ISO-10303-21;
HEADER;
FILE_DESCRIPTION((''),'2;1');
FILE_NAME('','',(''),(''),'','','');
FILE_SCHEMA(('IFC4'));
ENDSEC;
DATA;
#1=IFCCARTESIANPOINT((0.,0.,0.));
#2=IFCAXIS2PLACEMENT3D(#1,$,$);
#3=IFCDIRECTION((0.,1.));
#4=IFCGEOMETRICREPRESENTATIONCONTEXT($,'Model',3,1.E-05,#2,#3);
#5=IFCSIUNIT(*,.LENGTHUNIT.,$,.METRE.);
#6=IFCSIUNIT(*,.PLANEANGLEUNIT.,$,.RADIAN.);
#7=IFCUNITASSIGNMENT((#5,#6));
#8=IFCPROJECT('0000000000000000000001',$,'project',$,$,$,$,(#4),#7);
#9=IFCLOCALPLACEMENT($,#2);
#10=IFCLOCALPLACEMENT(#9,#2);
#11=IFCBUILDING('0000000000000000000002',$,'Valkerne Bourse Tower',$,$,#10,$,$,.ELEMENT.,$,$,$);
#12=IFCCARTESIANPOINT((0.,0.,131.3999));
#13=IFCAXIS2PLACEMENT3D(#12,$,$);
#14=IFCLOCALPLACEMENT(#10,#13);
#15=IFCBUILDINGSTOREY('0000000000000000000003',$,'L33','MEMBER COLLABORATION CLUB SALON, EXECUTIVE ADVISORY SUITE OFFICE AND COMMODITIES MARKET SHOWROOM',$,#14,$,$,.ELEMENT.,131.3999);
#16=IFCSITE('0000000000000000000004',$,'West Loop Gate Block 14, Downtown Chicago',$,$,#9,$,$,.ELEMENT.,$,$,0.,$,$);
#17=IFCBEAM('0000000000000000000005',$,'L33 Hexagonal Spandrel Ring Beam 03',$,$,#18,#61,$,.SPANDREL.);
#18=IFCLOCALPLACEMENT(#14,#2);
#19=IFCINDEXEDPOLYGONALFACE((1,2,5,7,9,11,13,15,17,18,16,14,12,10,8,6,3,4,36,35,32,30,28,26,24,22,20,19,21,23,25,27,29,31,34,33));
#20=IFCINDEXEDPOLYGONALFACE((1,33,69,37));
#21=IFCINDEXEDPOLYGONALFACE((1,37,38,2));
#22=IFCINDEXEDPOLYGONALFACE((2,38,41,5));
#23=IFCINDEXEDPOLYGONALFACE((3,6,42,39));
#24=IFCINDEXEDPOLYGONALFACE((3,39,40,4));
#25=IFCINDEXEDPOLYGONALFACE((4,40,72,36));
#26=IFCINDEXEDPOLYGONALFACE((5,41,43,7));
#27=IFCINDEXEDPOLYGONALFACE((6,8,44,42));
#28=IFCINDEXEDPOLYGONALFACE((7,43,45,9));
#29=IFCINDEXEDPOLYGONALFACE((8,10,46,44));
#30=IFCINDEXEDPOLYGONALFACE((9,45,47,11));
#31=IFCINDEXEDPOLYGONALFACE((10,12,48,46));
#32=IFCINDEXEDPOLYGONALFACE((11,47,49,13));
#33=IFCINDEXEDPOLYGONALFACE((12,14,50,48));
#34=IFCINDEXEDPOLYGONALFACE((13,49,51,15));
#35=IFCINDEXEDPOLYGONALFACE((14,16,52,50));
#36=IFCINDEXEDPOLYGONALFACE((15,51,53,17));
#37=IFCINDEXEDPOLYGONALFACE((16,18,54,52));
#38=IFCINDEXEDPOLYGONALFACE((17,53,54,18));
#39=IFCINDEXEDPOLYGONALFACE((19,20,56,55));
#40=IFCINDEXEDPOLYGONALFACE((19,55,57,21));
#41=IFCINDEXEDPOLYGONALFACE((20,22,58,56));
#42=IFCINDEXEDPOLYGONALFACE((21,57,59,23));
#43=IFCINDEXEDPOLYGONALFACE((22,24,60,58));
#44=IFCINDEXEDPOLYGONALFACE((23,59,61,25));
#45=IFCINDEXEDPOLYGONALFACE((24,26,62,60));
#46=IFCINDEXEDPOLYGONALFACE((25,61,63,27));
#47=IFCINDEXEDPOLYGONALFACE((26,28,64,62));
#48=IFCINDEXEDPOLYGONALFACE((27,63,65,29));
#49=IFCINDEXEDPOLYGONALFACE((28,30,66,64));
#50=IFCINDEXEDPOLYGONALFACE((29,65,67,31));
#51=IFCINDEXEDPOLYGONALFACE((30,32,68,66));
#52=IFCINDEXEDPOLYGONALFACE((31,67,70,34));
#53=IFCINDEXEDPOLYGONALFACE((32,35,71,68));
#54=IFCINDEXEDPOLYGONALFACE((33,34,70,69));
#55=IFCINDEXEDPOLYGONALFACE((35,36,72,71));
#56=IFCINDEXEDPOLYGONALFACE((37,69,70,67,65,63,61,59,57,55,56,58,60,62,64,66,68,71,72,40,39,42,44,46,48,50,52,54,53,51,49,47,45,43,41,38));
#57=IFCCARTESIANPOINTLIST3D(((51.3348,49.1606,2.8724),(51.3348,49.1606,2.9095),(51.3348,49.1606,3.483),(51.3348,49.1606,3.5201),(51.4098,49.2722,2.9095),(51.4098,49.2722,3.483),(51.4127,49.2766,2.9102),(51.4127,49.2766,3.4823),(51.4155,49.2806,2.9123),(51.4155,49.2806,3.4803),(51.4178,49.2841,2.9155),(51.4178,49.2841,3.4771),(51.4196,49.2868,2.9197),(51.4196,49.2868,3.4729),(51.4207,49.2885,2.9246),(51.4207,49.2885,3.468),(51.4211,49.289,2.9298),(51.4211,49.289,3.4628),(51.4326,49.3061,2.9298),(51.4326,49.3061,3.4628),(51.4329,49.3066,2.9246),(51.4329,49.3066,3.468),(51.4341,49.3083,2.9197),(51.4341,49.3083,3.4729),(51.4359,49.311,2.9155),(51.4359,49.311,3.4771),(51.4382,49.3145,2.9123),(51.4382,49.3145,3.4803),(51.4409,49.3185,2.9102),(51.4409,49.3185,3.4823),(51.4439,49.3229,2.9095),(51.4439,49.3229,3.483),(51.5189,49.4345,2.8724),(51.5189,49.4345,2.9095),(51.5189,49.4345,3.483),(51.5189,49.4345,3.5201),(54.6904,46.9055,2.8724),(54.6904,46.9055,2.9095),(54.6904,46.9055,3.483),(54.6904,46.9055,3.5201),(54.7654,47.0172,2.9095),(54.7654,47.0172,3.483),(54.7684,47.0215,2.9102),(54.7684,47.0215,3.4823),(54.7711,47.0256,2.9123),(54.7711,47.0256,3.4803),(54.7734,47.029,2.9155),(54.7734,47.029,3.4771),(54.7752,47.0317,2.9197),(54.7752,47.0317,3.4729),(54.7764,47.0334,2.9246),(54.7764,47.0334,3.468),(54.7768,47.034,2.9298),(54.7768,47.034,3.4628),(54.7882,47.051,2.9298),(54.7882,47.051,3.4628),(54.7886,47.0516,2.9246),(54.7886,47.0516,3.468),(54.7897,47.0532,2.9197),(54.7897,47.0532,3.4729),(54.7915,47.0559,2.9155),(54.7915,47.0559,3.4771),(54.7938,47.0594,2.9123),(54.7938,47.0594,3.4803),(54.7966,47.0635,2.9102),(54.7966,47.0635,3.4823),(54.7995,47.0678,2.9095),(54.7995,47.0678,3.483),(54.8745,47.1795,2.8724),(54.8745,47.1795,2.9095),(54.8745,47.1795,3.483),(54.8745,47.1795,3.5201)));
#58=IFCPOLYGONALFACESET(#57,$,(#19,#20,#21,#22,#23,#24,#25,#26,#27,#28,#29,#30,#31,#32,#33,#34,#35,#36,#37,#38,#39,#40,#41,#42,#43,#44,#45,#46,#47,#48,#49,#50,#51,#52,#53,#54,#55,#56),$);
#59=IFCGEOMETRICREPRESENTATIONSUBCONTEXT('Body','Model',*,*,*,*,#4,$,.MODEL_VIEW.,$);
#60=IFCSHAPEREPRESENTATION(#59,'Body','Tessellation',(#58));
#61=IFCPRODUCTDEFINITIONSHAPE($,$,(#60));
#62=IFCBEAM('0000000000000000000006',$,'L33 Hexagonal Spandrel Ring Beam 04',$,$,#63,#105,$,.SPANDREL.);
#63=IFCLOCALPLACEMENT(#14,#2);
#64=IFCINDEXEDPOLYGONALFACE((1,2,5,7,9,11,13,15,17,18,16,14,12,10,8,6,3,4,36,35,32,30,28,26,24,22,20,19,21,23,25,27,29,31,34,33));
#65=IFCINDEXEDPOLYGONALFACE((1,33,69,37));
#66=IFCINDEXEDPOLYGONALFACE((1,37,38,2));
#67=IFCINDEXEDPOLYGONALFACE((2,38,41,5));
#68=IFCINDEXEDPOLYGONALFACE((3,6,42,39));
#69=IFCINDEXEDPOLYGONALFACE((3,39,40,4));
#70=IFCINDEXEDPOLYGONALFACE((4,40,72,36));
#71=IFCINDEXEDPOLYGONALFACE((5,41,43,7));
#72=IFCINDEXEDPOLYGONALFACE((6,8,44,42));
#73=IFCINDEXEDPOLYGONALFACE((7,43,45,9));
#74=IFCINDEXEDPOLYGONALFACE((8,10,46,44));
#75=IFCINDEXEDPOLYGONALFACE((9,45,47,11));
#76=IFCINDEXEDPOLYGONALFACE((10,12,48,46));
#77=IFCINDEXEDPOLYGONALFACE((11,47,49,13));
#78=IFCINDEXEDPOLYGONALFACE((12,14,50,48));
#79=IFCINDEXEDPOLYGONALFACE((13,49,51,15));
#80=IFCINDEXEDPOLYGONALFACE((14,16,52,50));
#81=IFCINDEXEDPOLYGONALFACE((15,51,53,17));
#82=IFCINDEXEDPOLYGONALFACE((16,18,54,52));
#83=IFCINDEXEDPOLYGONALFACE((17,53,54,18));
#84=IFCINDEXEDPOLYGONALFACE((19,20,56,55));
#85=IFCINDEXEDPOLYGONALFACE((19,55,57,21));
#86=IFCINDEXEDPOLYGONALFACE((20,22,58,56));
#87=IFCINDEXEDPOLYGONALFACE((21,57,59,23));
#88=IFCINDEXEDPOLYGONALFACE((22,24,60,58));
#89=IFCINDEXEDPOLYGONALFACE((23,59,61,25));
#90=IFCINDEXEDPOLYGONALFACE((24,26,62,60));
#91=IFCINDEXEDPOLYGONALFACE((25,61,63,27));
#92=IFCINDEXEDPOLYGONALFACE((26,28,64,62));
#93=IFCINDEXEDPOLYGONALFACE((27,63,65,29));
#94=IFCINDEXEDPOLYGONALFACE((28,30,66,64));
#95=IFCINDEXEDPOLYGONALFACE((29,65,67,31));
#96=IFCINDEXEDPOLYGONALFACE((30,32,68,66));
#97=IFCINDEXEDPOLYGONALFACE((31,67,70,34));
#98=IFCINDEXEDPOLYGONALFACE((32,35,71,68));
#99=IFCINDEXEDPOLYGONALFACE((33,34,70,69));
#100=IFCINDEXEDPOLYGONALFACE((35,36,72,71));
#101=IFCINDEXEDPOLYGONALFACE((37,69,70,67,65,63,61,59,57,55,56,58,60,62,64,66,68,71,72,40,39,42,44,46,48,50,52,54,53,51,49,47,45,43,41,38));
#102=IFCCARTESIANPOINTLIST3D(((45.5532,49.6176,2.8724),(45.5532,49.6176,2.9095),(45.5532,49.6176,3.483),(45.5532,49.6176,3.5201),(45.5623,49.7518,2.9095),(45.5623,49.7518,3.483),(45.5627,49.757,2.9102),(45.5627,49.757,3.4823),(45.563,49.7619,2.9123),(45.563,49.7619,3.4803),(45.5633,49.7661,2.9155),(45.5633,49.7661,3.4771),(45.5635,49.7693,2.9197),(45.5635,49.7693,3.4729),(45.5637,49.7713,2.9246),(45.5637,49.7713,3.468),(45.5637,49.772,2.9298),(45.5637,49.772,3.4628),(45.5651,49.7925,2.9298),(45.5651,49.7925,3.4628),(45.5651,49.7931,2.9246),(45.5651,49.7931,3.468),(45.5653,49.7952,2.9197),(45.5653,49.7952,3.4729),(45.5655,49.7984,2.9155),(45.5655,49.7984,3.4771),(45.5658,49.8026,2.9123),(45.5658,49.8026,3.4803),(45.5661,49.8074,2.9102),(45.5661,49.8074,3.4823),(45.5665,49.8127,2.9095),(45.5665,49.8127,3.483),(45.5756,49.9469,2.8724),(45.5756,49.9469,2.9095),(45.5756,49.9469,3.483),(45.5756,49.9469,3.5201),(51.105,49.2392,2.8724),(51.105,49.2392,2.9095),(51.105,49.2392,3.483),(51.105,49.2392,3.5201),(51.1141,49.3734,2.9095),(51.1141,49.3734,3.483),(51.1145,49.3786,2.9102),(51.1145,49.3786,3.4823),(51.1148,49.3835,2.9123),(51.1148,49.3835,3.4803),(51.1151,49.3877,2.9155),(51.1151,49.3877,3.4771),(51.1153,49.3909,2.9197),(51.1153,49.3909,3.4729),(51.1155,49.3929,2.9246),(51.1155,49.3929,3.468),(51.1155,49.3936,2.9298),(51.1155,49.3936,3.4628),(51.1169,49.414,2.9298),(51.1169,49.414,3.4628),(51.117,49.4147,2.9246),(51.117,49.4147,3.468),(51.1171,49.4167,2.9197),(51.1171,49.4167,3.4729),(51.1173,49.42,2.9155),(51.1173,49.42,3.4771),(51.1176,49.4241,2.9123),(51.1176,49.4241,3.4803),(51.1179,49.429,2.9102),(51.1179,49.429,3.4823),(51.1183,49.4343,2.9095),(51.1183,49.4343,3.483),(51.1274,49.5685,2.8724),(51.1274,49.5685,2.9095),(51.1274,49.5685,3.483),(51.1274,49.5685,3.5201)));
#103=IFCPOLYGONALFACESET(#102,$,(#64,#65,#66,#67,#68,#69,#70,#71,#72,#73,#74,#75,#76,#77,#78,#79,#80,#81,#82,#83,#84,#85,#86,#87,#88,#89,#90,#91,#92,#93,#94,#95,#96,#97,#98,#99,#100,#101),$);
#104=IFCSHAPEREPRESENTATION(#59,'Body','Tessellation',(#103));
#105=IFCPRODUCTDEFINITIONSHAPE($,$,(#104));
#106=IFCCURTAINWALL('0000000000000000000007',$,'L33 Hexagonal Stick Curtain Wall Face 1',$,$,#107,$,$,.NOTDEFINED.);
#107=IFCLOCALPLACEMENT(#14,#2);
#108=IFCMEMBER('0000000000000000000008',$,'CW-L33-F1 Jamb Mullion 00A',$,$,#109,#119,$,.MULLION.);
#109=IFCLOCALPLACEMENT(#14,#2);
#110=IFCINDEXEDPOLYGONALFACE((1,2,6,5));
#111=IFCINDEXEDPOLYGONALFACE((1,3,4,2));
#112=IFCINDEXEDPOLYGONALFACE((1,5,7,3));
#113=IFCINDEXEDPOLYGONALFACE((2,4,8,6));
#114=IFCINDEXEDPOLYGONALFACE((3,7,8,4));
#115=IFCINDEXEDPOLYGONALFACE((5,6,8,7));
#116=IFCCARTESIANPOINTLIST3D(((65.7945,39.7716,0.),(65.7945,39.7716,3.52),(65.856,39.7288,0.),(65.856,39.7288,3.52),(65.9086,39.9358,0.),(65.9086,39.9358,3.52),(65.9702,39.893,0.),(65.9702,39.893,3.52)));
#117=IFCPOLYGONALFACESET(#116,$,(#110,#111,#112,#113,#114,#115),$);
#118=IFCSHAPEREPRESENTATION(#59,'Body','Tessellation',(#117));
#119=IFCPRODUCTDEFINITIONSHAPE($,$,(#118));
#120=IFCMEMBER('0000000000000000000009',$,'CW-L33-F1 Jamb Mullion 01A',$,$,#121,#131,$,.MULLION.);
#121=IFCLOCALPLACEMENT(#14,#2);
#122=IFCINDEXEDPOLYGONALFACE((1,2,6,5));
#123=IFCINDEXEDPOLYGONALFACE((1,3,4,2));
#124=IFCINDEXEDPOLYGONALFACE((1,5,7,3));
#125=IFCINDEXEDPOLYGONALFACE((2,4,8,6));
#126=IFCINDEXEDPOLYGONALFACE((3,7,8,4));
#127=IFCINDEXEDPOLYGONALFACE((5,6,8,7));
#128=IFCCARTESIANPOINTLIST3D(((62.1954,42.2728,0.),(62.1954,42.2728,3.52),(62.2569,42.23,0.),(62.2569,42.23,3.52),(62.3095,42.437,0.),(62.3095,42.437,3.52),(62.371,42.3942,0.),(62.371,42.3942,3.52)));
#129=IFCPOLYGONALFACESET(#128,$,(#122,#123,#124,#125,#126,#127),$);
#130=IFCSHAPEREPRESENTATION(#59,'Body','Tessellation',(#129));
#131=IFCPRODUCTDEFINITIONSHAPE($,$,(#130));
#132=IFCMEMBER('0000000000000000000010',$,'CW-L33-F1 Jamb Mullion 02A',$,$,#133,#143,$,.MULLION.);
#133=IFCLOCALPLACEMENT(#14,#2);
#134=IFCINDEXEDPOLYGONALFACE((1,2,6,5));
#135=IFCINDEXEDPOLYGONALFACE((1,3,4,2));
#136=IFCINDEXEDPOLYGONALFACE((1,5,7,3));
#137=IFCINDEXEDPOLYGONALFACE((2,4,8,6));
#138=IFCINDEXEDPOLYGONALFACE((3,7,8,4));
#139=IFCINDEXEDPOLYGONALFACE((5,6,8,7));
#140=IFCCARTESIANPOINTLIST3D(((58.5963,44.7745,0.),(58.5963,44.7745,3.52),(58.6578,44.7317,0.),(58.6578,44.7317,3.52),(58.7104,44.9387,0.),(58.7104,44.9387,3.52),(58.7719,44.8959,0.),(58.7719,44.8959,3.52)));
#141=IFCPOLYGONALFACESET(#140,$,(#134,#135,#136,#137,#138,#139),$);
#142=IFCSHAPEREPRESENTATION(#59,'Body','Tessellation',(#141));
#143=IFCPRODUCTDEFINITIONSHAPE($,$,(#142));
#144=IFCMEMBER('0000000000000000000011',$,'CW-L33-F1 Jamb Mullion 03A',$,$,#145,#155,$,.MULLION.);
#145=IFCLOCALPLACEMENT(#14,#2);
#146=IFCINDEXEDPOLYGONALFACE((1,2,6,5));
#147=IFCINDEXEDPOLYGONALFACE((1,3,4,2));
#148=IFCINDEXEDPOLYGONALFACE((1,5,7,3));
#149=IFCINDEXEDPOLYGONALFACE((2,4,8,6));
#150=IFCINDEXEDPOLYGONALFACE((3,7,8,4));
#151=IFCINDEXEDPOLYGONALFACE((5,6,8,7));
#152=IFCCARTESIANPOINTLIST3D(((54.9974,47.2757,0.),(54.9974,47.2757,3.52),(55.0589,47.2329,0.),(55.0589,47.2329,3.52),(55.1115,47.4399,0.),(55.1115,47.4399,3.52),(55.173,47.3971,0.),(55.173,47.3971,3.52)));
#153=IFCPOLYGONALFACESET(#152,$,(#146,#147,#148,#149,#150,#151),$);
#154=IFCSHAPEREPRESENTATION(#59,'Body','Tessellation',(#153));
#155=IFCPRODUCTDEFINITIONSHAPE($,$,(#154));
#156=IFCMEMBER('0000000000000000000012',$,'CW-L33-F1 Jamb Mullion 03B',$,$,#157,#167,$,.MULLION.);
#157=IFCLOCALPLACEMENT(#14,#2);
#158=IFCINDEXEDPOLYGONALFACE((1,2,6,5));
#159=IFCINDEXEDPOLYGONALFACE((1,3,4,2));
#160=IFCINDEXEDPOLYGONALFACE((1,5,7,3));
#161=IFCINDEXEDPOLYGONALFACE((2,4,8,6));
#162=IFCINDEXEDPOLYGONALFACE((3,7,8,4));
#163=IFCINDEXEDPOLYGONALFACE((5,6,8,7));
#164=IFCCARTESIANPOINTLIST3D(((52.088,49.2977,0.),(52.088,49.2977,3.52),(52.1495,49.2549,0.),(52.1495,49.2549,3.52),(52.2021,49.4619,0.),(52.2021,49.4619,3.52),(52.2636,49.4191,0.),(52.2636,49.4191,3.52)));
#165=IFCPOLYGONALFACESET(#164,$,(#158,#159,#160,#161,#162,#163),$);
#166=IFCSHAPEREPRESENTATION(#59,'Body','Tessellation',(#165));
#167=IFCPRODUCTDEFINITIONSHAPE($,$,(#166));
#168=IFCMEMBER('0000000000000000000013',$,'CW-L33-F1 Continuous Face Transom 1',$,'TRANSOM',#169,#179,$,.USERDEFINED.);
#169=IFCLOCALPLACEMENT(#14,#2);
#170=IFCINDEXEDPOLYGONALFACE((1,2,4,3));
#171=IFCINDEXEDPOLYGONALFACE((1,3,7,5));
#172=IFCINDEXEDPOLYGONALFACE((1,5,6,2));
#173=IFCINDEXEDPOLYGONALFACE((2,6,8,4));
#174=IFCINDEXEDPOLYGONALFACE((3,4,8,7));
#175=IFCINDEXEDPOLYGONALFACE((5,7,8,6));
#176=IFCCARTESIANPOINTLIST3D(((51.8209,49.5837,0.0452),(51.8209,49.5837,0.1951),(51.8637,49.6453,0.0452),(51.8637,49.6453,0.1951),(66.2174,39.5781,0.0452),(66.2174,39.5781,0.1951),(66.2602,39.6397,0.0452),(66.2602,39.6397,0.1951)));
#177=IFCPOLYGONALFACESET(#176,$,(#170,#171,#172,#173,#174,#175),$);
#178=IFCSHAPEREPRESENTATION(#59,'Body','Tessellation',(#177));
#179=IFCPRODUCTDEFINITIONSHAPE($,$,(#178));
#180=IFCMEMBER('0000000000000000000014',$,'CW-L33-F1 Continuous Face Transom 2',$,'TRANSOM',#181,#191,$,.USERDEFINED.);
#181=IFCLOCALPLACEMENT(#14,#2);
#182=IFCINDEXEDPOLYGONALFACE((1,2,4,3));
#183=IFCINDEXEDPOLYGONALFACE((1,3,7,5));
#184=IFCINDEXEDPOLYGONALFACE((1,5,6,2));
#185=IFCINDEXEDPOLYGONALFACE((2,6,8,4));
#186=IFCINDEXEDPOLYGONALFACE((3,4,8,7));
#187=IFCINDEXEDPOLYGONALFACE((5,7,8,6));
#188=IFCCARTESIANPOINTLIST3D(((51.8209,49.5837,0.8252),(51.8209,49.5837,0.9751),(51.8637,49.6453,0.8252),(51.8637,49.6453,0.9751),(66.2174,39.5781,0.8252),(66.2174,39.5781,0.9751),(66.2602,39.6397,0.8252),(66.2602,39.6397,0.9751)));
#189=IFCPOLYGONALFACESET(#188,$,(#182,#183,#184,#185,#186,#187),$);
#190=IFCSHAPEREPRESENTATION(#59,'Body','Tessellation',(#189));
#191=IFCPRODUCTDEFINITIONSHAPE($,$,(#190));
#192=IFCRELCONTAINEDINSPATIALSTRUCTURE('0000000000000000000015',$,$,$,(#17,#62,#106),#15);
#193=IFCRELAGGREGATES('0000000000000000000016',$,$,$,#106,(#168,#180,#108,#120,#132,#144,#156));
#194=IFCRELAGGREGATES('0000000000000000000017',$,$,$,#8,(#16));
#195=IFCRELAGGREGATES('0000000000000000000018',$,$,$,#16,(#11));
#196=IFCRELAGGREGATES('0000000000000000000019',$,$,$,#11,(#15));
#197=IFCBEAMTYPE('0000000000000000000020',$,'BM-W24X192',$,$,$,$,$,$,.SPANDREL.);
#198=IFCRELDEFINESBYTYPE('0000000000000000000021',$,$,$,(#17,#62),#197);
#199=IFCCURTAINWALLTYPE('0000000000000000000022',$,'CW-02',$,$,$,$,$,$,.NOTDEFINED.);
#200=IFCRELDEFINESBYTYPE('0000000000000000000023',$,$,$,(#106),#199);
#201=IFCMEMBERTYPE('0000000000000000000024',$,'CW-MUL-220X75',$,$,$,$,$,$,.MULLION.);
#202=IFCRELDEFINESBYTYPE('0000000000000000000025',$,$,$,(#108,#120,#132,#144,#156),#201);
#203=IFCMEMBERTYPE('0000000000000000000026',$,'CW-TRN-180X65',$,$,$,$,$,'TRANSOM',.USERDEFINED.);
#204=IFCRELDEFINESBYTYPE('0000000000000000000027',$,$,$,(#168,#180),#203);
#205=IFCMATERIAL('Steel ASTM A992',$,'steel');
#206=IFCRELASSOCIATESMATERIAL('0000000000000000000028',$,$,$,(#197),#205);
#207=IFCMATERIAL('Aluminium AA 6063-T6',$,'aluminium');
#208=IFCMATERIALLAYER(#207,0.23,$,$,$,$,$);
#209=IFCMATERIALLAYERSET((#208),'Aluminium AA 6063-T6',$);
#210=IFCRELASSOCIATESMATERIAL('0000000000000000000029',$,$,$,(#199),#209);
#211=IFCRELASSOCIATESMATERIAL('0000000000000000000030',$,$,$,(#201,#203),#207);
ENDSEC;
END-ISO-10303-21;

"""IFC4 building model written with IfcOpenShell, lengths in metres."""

from ifc_helpers import new_model, si_unit, direction, frame, origin, origin_2d, place, context, subcontext, project, spatial, rectangle, i_section, extrude, material, layer, layer_set, material_profile, profile_set, type_object, element, aggregate, save


model = new_model("IFC4")

# Units and contexts
model_context = context("Model", 3, precision=1e-05, world=origin(), true_north=direction((0.0, 1.0)))
body_context = subcontext(model_context, "Body", "Model", "MODEL_VIEW")
ifc_project = project(units=[si_unit("LENGTHUNIT", "METRE"), si_unit("PLANEANGLEUNIT", "RADIAN")], contexts=[model_context])

# Site, building, storey
site_placement = place(None, origin())
site = spatial("IfcSite", under=ifc_project, at=site_placement, Name="West Loop Gate Block 14, Downtown Chicago", CompositionType="ELEMENT", RefElevation=0.0)
building_placement = place(site_placement, origin())
building = spatial("IfcBuilding", under=site, at=building_placement, Name="Valkerne Bourse Tower", CompositionType="ELEMENT")
storey_placement = place(building_placement, frame((0.0, 0.0, 131.3999)))
storey = spatial("IfcBuildingStorey", under=building, at=storey_placement, Name="L33", Description="MEMBER COLLABORATION CLUB SALON, EXECUTIVE ADVISORY SUITE OFFICE AND COMMODITIES MARKET SHOWROOM", CompositionType="ELEMENT", Elevation=131.3999)

# Beams
ifc_material_1 = material(Name="Steel ASTM A992", Category="steel")
ifc_material_profile_1 = material_profile(ifc_material_1, i_section(OverallWidth=0.3301, OverallDepth=0.6477, WebThickness=0.0205, FlangeThickness=0.0371, FilletRadius=0.0203, at=origin_2d()), Name="W24X192")
ifc_profile_set_1 = profile_set([ifc_material_profile_1], Name="Steel ASTM A992")
beam_type = type_object("IfcBeamType", Name="BM-W24X192", PredefinedType="SPANDREL", material=ifc_profile_set_1)
for number, where, z_axis, x_axis, name in (
    (1, (54.7825, 47.0425, 3.1963), (-0.829992, 0.557776, 0.0), (-0.557776, -0.829992, 0.0), "L33 Hexagonal Spandrel Ring Beam 03"),
):
    element("IfcBeam", number, at=place(storey_placement, frame(where, z_axis=z_axis, x_axis=x_axis)), inside=storey, type_object=beam_type, Name=name, PredefinedType="SPANDREL", context=body_context, shape_type="SweptSolid", body=[
        extrude(i_section(OverallWidth=0.3301, OverallDepth=0.6477, WebThickness=0.0205, FlangeThickness=0.0371, FilletRadius=0.0203, at=origin_2d()), origin(), (0.0, 0.0, 1.0), 4.043),
    ])
beam_placement = place(storey_placement, frame((51.1162, 49.4038, 3.1963), z_axis=(-0.997685, 0.068004, 0.0), x_axis=(-0.068004, -0.997685, 0.0)))
element("IfcBeam", 2, at=beam_placement, inside=storey, type_object=beam_type, Name="L33 Hexagonal Spandrel Ring Beam 04", PredefinedType="SPANDREL", context=body_context, shape_type="SweptSolid", body=[
    extrude(i_section(OverallWidth=0.3301, OverallDepth=0.6477, WebThickness=0.0205, FlangeThickness=0.0371, FilletRadius=0.0203, at=origin_2d()), origin(), (0.0, 0.0, 1.0), 5.5647),
])

# Curtain wall, members
ifc_material_2 = material(Name="Aluminium AA 6063-T6", Category="aluminium")
ifc_layer_1 = layer(ifc_material_2, 0.23)
ifc_layer_set_1 = layer_set([ifc_layer_1], Name="Aluminium AA 6063-T6")
curtain_wall_type = type_object("IfcCurtainWallType", Name="CW-02", PredefinedType="NOTDEFINED", material=ifc_layer_set_1)
curtain_wall_placement = place(storey_placement, origin())
curtain_wall = element("IfcCurtainWall", 3, at=curtain_wall_placement, inside=storey, type_object=curtain_wall_type, Name="L33 Hexagonal Stick Curtain Wall Face 1", PredefinedType="NOTDEFINED")
ifc_material_profile_2 = material_profile(ifc_material_2, rectangle(XDim=0.075, YDim=0.2, at=origin_2d()), Name="CWM-75X200")
ifc_profile_set_2 = profile_set([ifc_material_profile_2], Name="Aluminium AA 6063-T6")
member_type_1 = type_object("IfcMemberType", Name="CW-MUL-220X75", PredefinedType="MULLION", material=ifc_profile_set_2)
member_1_placement = place(storey_placement, frame((65.8823, 39.8323, 0.0), z_axis=(0.0, 0.0, 1.0), x_axis=(-0.821153, 0.570707, 0.0)))
member_1 = element("IfcMember", 4, at=member_1_placement, type_object=member_type_1, Name="CW-L33-F1 Jamb Mullion 00A", PredefinedType="MULLION", context=body_context, shape_type="SweptSolid", body=[
    extrude(rectangle(XDim=0.075, YDim=0.2, at=origin_2d()), origin(), (0.0, 0.0, 1.0), 3.52),
])
member_2_placement = place(storey_placement, frame((62.2832, 42.3335, 0.0), z_axis=(0.0, 0.0, 1.0), x_axis=(-0.821143, 0.570723, 0.0)))
member_2 = element("IfcMember", 5, at=member_2_placement, type_object=member_type_1, Name="CW-L33-F1 Jamb Mullion 01A", PredefinedType="MULLION", context=body_context, shape_type="SweptSolid", body=[
    extrude(rectangle(XDim=0.075, YDim=0.2, at=origin_2d()), origin(), (0.0, 0.0, 1.0), 3.52),
])
member_3_placement = place(storey_placement, frame((58.6841, 44.8352, 0.0), z_axis=(0.0, 0.0, 1.0), x_axis=(-0.821146, 0.570718, 0.0)))
member_3 = element("IfcMember", 6, at=member_3_placement, type_object=member_type_1, Name="CW-L33-F1 Jamb Mullion 02A", PredefinedType="MULLION", context=body_context, shape_type="SweptSolid", body=[
    extrude(rectangle(XDim=0.075, YDim=0.2, at=origin_2d()), origin(), (0.0, 0.0, 1.0), 3.52),
])
member_4_placement = place(storey_placement, frame((55.0852, 47.3364, 0.0), z_axis=(0.0, 0.0, 1.0), x_axis=(-0.821153, 0.570707, 0.0)))
member_4 = element("IfcMember", 7, at=member_4_placement, type_object=member_type_1, Name="CW-L33-F1 Jamb Mullion 03A", PredefinedType="MULLION", context=body_context, shape_type="SweptSolid", body=[
    extrude(rectangle(XDim=0.075, YDim=0.2, at=origin_2d()), origin(), (0.0, 0.0, 1.0), 3.52),
])
member_5_placement = place(storey_placement, frame((52.1758, 49.3584, 0.0), z_axis=(0.0, 0.0, 1.0), x_axis=(-0.821153, 0.570707, 0.0)))
member_5 = element("IfcMember", 8, at=member_5_placement, type_object=member_type_1, Name="CW-L33-F1 Jamb Mullion 03B", PredefinedType="MULLION", context=body_context, shape_type="SweptSolid", body=[
    extrude(rectangle(XDim=0.075, YDim=0.2, at=origin_2d()), origin(), (0.0, 0.0, 1.0), 3.52),
])
ifc_material_profile_3 = material_profile(ifc_material_2, rectangle(XDim=0.075, YDim=0.1499, at=origin_2d()), Name="CWT-75X150")
ifc_profile_set_3 = profile_set([ifc_material_profile_3], Name="Aluminium AA 6063-T6")
member_type_2 = type_object("IfcMemberType", Name="CW-TRN-180X65", ElementType="TRANSOM", PredefinedType="USERDEFINED", material=ifc_profile_set_3)
member_6_placement = place(storey_placement, frame((66.2388, 39.6089, 0.1201), z_axis=(-0.821155, 0.570706, 0.0), x_axis=(-0.570706, -0.821155, 0.0)))
member_6 = element("IfcMember", 9, at=member_6_placement, type_object=member_type_2, Name="CW-L33-F1 Continuous Face Transom 1", ObjectType="TRANSOM", PredefinedType="USERDEFINED", context=body_context, shape_type="SweptSolid", body=[
    extrude(rectangle(XDim=0.075, YDim=0.1499, at=origin_2d()), origin(), (0.0, 0.0, 1.0), 17.532),
])
member_7_placement = place(storey_placement, frame((66.2388, 39.6089, 0.9001), z_axis=(-0.821155, 0.570706, 0.0), x_axis=(-0.570706, -0.821155, 0.0)))
member_7 = element("IfcMember", 10, at=member_7_placement, type_object=member_type_2, Name="CW-L33-F1 Continuous Face Transom 2", ObjectType="TRANSOM", PredefinedType="USERDEFINED", context=body_context, shape_type="SweptSolid", body=[
    extrude(rectangle(XDim=0.075, YDim=0.1499, at=origin_2d()), origin(), (0.0, 0.0, 1.0), 17.532),
])

aggregate(curtain_wall, [member_6, member_7, member_1, member_2, member_3, member_4, member_5])

save(model, "model.ifc")
